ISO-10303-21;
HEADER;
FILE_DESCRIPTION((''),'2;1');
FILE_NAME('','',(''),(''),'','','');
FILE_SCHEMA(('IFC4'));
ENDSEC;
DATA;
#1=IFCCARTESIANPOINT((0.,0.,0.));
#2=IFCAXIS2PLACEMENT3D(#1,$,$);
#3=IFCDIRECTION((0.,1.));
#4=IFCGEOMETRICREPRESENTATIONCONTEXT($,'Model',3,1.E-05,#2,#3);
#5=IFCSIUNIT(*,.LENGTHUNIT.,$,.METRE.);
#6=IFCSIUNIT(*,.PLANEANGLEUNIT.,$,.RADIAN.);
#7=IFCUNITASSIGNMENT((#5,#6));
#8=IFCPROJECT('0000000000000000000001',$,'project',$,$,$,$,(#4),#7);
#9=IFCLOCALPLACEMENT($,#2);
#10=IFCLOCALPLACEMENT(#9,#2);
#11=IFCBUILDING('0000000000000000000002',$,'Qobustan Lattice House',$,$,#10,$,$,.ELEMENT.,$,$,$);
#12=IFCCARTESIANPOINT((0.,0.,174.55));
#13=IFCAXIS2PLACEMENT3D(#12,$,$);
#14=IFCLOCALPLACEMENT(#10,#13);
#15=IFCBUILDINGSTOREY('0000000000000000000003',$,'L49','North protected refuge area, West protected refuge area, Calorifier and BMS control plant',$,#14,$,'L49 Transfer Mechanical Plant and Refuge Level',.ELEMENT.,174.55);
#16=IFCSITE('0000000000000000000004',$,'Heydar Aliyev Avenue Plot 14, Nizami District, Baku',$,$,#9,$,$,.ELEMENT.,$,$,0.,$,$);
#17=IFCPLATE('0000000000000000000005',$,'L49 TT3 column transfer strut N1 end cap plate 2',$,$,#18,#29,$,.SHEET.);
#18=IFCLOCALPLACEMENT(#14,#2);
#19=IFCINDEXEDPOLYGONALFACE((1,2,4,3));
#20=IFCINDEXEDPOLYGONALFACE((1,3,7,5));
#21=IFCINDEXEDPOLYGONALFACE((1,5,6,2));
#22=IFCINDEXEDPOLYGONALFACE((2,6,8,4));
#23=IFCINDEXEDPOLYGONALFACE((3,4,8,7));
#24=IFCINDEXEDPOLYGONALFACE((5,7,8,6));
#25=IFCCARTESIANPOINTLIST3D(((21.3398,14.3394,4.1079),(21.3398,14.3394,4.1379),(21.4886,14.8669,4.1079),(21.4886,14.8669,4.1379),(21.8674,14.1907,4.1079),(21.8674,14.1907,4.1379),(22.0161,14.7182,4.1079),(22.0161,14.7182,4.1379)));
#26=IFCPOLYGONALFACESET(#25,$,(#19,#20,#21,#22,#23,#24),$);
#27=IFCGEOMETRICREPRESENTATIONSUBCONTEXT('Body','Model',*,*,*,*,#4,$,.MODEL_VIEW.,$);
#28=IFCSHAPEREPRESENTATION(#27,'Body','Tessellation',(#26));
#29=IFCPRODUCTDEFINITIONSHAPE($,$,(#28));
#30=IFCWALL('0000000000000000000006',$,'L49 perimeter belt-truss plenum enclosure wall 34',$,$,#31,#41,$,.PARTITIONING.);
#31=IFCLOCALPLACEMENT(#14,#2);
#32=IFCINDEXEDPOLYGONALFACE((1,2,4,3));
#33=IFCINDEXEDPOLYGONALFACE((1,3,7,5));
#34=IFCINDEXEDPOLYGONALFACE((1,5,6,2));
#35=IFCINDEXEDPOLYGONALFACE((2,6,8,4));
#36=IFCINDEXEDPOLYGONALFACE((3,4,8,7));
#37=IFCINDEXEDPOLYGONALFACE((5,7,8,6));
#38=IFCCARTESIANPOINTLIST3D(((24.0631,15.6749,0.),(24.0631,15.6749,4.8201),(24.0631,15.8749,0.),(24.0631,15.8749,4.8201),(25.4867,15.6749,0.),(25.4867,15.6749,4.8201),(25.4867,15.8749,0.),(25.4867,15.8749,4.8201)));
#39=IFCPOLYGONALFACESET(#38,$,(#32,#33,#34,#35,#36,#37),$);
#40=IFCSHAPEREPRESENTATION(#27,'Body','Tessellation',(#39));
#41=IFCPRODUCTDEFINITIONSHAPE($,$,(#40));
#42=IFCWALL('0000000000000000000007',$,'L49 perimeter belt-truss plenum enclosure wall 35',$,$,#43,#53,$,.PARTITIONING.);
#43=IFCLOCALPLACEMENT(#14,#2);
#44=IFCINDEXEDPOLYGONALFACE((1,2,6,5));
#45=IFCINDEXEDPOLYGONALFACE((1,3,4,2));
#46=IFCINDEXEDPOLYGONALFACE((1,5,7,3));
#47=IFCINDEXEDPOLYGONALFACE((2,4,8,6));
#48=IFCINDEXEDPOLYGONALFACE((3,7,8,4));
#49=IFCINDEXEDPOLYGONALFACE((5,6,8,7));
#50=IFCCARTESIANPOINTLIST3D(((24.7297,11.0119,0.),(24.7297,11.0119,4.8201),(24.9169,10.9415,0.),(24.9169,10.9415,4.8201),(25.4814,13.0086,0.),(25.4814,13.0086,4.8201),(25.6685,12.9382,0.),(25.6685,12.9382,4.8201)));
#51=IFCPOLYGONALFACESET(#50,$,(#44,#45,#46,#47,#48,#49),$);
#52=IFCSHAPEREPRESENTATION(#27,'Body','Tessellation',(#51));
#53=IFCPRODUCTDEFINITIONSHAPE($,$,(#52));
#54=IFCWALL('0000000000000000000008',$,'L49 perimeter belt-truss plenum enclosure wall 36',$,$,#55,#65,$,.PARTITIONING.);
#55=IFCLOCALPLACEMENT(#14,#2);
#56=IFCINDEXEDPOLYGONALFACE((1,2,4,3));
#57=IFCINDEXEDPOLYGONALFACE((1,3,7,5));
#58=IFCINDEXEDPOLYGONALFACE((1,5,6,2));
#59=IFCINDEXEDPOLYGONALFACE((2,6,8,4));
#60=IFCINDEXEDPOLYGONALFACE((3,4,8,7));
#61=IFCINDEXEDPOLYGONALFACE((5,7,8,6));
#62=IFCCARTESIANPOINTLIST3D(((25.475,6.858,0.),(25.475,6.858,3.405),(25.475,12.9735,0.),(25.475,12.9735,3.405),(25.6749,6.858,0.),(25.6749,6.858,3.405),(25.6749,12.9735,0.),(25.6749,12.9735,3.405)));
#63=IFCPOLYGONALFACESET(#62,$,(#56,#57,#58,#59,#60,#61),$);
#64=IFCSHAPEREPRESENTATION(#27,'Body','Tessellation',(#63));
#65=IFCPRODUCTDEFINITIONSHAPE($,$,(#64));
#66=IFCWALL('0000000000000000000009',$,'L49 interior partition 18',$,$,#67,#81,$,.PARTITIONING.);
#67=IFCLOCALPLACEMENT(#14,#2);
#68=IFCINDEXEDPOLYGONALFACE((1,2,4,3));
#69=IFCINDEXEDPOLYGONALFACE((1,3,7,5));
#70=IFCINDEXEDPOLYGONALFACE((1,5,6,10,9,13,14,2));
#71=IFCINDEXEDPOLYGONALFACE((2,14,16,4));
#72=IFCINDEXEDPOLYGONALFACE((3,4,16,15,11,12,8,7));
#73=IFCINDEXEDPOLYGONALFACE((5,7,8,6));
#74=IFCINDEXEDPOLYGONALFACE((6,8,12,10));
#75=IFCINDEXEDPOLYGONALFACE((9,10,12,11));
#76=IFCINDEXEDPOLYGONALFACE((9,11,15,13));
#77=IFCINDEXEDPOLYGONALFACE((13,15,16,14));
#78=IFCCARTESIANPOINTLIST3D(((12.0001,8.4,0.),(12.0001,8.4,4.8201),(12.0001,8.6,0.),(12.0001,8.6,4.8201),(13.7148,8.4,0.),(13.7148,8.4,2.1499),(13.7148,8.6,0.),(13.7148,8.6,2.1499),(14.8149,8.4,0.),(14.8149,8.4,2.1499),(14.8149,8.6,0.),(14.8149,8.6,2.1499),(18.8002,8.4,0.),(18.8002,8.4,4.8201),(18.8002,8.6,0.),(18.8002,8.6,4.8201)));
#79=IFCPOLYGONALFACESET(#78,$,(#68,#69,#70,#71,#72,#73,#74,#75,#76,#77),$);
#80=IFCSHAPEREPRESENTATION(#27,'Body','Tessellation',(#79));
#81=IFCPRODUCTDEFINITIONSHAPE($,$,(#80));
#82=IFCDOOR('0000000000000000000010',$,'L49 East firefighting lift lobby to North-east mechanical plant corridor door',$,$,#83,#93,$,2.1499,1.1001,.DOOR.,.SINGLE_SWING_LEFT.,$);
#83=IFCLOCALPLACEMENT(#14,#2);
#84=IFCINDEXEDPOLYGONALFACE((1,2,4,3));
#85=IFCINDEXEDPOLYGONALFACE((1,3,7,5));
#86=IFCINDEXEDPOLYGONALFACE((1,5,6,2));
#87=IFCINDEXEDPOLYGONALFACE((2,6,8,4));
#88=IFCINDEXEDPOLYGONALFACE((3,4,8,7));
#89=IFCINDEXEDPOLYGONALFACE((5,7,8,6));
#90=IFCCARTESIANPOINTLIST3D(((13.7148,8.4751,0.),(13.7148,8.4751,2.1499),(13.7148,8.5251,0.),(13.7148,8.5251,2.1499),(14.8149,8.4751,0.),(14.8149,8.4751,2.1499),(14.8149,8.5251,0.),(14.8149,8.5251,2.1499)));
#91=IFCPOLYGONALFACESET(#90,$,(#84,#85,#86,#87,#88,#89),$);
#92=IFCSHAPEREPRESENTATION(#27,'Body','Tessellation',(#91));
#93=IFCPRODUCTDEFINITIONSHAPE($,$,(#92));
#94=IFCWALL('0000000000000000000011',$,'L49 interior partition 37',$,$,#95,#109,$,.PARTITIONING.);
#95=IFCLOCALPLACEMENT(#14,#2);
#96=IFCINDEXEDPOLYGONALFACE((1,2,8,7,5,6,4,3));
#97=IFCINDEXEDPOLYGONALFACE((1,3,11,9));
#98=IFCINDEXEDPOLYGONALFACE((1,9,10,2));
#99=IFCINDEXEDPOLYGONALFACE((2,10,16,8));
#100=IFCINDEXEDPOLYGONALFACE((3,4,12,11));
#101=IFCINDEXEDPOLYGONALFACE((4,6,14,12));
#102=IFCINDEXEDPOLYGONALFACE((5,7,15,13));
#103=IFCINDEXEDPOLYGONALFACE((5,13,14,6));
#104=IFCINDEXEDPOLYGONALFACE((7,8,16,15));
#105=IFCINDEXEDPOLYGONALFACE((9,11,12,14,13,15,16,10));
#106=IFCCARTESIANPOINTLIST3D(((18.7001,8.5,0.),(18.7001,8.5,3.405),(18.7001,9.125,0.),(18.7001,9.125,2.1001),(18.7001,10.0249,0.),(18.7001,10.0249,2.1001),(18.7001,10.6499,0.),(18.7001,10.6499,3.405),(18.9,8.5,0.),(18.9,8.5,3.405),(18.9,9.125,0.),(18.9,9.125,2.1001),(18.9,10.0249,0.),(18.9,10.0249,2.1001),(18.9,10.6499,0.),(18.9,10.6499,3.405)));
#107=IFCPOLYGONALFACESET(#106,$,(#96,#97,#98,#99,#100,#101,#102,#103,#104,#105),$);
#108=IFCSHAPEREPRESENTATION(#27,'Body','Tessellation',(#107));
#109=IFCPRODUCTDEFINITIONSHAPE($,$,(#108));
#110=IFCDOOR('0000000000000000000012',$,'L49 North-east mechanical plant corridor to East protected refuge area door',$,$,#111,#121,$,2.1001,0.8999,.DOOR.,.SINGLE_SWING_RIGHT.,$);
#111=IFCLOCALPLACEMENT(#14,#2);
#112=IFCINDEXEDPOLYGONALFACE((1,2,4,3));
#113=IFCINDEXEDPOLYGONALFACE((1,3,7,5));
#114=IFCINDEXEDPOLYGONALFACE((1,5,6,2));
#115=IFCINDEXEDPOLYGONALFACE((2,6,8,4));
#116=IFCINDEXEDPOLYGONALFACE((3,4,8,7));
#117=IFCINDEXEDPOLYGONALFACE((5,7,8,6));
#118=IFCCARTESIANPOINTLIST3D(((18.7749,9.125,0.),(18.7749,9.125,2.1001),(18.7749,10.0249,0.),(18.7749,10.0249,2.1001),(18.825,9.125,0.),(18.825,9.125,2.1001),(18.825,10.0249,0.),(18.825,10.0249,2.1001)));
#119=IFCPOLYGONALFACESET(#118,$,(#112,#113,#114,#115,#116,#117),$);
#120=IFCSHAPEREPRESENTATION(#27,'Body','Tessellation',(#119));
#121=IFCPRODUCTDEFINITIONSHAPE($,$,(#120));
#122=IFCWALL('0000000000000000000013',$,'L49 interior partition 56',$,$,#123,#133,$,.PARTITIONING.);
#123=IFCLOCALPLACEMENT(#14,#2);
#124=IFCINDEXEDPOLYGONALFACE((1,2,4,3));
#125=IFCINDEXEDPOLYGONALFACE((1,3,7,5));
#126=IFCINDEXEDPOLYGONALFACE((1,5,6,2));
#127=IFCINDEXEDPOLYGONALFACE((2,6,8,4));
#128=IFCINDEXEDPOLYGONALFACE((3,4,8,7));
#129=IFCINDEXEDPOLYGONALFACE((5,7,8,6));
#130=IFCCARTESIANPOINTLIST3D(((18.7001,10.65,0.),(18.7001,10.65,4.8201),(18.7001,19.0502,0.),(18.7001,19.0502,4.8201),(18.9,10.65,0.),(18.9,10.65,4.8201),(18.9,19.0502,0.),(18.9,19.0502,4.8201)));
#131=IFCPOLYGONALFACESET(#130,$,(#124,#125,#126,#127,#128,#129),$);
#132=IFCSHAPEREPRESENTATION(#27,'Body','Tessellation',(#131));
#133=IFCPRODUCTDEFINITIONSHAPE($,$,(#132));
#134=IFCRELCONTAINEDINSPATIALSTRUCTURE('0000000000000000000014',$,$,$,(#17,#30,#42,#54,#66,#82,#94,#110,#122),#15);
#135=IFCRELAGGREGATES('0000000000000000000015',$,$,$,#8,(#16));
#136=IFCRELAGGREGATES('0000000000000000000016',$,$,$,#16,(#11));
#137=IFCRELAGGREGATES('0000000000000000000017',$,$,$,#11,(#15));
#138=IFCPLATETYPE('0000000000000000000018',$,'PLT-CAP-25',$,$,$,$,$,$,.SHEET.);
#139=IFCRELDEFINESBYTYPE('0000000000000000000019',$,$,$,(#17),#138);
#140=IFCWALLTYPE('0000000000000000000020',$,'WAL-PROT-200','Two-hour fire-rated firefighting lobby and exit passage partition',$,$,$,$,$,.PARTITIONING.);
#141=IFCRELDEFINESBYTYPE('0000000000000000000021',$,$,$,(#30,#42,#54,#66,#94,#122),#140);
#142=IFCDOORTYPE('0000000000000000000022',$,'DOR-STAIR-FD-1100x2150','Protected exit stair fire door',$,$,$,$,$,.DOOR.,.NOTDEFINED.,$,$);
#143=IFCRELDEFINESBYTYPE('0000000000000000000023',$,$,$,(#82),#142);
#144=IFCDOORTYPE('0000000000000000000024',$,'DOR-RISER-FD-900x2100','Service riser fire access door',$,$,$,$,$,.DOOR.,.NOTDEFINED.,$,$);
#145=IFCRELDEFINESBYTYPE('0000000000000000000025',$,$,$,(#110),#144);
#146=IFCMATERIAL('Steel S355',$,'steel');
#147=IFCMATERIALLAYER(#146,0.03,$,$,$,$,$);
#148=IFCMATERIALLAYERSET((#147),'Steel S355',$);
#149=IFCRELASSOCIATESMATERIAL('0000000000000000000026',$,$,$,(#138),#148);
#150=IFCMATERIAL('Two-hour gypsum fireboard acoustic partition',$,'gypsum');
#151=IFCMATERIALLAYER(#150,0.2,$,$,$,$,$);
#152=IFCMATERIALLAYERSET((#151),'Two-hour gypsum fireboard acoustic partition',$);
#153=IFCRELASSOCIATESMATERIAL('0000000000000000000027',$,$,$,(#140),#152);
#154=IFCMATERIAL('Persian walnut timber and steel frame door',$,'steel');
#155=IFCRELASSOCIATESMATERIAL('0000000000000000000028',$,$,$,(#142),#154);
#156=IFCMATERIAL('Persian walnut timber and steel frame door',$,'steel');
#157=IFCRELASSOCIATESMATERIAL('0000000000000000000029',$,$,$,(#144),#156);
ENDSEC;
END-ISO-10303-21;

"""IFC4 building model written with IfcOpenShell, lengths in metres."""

from ifc_helpers import new_model, si_unit, direction, frame, frame_2d, origin, origin_2d, place, context, subcontext, project, spatial, rectangle, extrude, material, layer, layer_set, type_object, element, fill, save


model = new_model("IFC4")

# Units and contexts
model_context = context("Model", 3, precision=1e-05, world=origin(), true_north=direction((0.0, 1.0)))
body_context = subcontext(model_context, "Body", "Model", "MODEL_VIEW")
ifc_project = project(units=[si_unit("LENGTHUNIT", "METRE"), si_unit("PLANEANGLEUNIT", "RADIAN")], contexts=[model_context])

# Site, building, storey
site_placement = place(None, origin())
site = spatial("IfcSite", under=ifc_project, at=site_placement, Name="Heydar Aliyev Avenue Plot 14, Nizami District, Baku", CompositionType="ELEMENT", RefElevation=0.0)
building_placement = place(site_placement, origin())
building = spatial("IfcBuilding", under=site, at=building_placement, Name="Qobustan Lattice House", CompositionType="ELEMENT")
storey_placement = place(building_placement, frame((0.0, 0.0, 174.55)))
storey = spatial("IfcBuildingStorey", under=building, at=storey_placement, Name="L49", Description="North protected refuge area, West protected refuge area, Calorifier and BMS control plant", LongName="L49 Transfer Mechanical Plant and Refuge Level", CompositionType="ELEMENT", Elevation=174.55)

# Plate
ifc_material_1 = material(Name="Steel S355", Category="steel")
ifc_layer_1 = layer(ifc_material_1, 0.03)
ifc_layer_set_1 = layer_set([ifc_layer_1], Name="Steel S355")
plate_type = type_object("IfcPlateType", Name="PLT-CAP-25", PredefinedType="SHEET", material=ifc_layer_set_1)
for number, where, z_axis, x_axis, name in (
    (1, (21.678, 14.5288, 4.1079), (0.0, 0.0, 1.0), (-0.271356, -0.962479, 0.0), "L49 TT3 column transfer strut N1 end cap plate 2"),
):
    element("IfcPlate", number, at=place(storey_placement, frame(where, z_axis=z_axis, x_axis=x_axis)), inside=storey, type_object=plate_type, Name=name, PredefinedType="SHEET", context=body_context, shape_type="SweptSolid", body=[
        extrude(rectangle(XDim=0.5481, YDim=0.5481, at=origin_2d()), origin(), (0.0, 0.0, 1.0), 0.03),
    ])

# Walls
ifc_material_2 = material(Name="Two-hour gypsum fireboard acoustic partition", Category="gypsum")
ifc_layer_2 = layer(ifc_material_2, 0.2)
ifc_layer_set_2 = layer_set([ifc_layer_2], Name="Two-hour gypsum fireboard acoustic partition")
wall_type = type_object("IfcWallType", Name="WAL-PROT-200", Description="Two-hour fire-rated firefighting lobby and exit passage partition", PredefinedType="PARTITIONING", material=ifc_layer_set_2)
wall_1_placement = place(storey_placement, frame((24.063, 15.7749, 0.0), z_axis=(0.0, 0.0, 1.0), x_axis=(1.0, 0.0, 0.0)))
element("IfcWall", 2, at=wall_1_placement, inside=storey, type_object=wall_type, Name="L49 perimeter belt-truss plenum enclosure wall 34", PredefinedType="PARTITIONING", context=body_context, shape_type="SweptSolid", body=[
    extrude(rectangle(XDim=1.4236, YDim=0.2, at=frame_2d((0.7119, 0.0))), origin(), (0.0, 0.0, 1.0), 4.8201),
])
wall_2_placement = place(storey_placement, frame((24.8232, 10.9766, 0.0), z_axis=(0.0, 0.0, 1.0), x_axis=(0.352314, 0.935882, 0.0)))
element("IfcWall", 3, at=wall_2_placement, inside=storey, type_object=wall_type, Name="L49 perimeter belt-truss plenum enclosure wall 35", PredefinedType="PARTITIONING", context=body_context, shape_type="SweptSolid", body=[
    extrude(rectangle(XDim=2.1335, YDim=0.2, at=frame_2d((1.0669, 0.0))), origin(), (0.0, 0.0, 1.0), 4.8201),
])
wall_3_placement = place(storey_placement, frame((25.575, 12.9734, 0.0), z_axis=(0.0, 0.0, 1.0), x_axis=(0.0, -1.0, 0.0)))
element("IfcWall", 4, at=wall_3_placement, inside=storey, type_object=wall_type, Name="L49 perimeter belt-truss plenum enclosure wall 36", PredefinedType="PARTITIONING", context=body_context, shape_type="SweptSolid", body=[
    extrude(rectangle(XDim=6.1155, YDim=0.2, at=frame_2d((3.0576, 0.0))), origin(), (0.0, 0.0, 1.0), 3.405),
])

# Walls, openings, doors
wall_4_placement = place(storey_placement, frame((18.8, 8.5, 0.0), z_axis=(0.0, 0.0, 1.0), x_axis=(-1.0, 0.0, 0.0)))
wall_4 = element("IfcWall", 5, at=wall_4_placement, inside=storey, type_object=wall_type, Name="L49 interior partition 18", PredefinedType="PARTITIONING", context=body_context, shape_type="SweptSolid", body=[
    extrude(rectangle(XDim=6.8, YDim=0.2, at=frame_2d((3.3999, 0.0))), origin(), (0.0, 0.0, 1.0), 4.8201),
])
opening_1_placement = place(wall_4_placement, frame((3.9851, 0.0, 0.0)))
opening_1 = element("IfcOpeningElement", 6, at=opening_1_placement, cuts=wall_4, PredefinedType="OPENING", context=body_context, shape_type="SweptSolid", body=[
    extrude(rectangle(XDim=1.1001, YDim=2.1499, at=frame_2d((0.55, 1.075))), frame((0.0, 0.1099, 0.0), z_axis=(0.0, -1.0, 0.0), x_axis=(1.0, 0.0, 0.0)), (0.0, 0.0, 1.0), 0.22),
])
ifc_material_3 = material(Name="Persian walnut timber and steel frame door", Category="steel")
door_type_1 = type_object("IfcDoorType", Name="DOR-STAIR-FD-1100x2150", Description="Protected exit stair fire door", OperationType="NOTDEFINED", PredefinedType="DOOR", material=ifc_material_3)
door_1_placement = place(opening_1_placement, origin())
door_1 = element("IfcDoor", 7, at=door_1_placement, inside=storey, type_object=door_type_1, Name="L49 East firefighting lift lobby to North-east mechanical plant corridor door", OperationType="SINGLE_SWING_LEFT", OverallHeight=2.1499, OverallWidth=1.1001, PredefinedType="DOOR", context=body_context, shape_type="SweptSolid", body=[
    extrude(rectangle(XDim=1.1001, YDim=2.1499, at=frame_2d((0.55, 1.075))), frame((0.0, 0.0249, 0.0), z_axis=(0.0, -1.0, 0.0), x_axis=(1.0, 0.0, 0.0)), (0.0, 0.0, 1.0), 0.05),
])
fill(opening_1, door_1)
wall_5_placement = place(storey_placement, frame((18.8, 10.6499, 0.0), z_axis=(0.0, 0.0, 1.0), x_axis=(0.0, -1.0, 0.0)))
wall_5 = element("IfcWall", 8, at=wall_5_placement, inside=storey, type_object=wall_type, Name="L49 interior partition 37", PredefinedType="PARTITIONING", context=body_context, shape_type="SweptSolid", body=[
    extrude(rectangle(XDim=2.1499, YDim=0.2, at=frame_2d((1.075, 0.0))), origin(), (0.0, 0.0, 1.0), 3.405),
])
opening_2_placement = place(wall_5_placement, frame((0.625, 0.0, 0.0)))
opening_2 = element("IfcOpeningElement", 9, at=opening_2_placement, cuts=wall_5, PredefinedType="OPENING", context=body_context, shape_type="SweptSolid", body=[
    extrude(rectangle(XDim=0.8999, YDim=2.1001, at=frame_2d((0.45, 1.05))), frame((0.0, 0.1099, 0.0), z_axis=(0.0, -1.0, 0.0), x_axis=(1.0, 0.0, 0.0)), (0.0, 0.0, 1.0), 0.22),
])
ifc_material_4 = material(Name="Persian walnut timber and steel frame door", Category="steel")
door_type_2 = type_object("IfcDoorType", Name="DOR-RISER-FD-900x2100", Description="Service riser fire access door", OperationType="NOTDEFINED", PredefinedType="DOOR", material=ifc_material_4)
door_2_placement = place(opening_2_placement, origin())
door_2 = element("IfcDoor", 10, at=door_2_placement, inside=storey, type_object=door_type_2, Name="L49 North-east mechanical plant corridor to East protected refuge area door", OperationType="SINGLE_SWING_RIGHT", OverallHeight=2.1001, OverallWidth=0.8999, PredefinedType="DOOR", context=body_context, shape_type="SweptSolid", body=[
    extrude(rectangle(XDim=0.8999, YDim=2.1001, at=frame_2d((0.45, 1.05))), frame((0.0, 0.0249, 0.0), z_axis=(0.0, -1.0, 0.0), x_axis=(1.0, 0.0, 0.0)), (0.0, 0.0, 1.0), 0.05),
])
fill(opening_2, door_2)

# Wall
wall_6_placement = place(storey_placement, frame((18.8, 10.6499, 0.0), z_axis=(0.0, 0.0, 1.0), x_axis=(0.0, 1.0, 0.0)))
element("IfcWall", 11, at=wall_6_placement, inside=storey, type_object=wall_type, Name="L49 interior partition 56", PredefinedType="PARTITIONING", context=body_context, shape_type="SweptSolid", body=[
    extrude(rectangle(XDim=8.4001, YDim=0.2, at=frame_2d((4.2002, 0.0))), origin(), (0.0, 0.0, 1.0), 4.8201),
])

save(model, "model.ifc")
